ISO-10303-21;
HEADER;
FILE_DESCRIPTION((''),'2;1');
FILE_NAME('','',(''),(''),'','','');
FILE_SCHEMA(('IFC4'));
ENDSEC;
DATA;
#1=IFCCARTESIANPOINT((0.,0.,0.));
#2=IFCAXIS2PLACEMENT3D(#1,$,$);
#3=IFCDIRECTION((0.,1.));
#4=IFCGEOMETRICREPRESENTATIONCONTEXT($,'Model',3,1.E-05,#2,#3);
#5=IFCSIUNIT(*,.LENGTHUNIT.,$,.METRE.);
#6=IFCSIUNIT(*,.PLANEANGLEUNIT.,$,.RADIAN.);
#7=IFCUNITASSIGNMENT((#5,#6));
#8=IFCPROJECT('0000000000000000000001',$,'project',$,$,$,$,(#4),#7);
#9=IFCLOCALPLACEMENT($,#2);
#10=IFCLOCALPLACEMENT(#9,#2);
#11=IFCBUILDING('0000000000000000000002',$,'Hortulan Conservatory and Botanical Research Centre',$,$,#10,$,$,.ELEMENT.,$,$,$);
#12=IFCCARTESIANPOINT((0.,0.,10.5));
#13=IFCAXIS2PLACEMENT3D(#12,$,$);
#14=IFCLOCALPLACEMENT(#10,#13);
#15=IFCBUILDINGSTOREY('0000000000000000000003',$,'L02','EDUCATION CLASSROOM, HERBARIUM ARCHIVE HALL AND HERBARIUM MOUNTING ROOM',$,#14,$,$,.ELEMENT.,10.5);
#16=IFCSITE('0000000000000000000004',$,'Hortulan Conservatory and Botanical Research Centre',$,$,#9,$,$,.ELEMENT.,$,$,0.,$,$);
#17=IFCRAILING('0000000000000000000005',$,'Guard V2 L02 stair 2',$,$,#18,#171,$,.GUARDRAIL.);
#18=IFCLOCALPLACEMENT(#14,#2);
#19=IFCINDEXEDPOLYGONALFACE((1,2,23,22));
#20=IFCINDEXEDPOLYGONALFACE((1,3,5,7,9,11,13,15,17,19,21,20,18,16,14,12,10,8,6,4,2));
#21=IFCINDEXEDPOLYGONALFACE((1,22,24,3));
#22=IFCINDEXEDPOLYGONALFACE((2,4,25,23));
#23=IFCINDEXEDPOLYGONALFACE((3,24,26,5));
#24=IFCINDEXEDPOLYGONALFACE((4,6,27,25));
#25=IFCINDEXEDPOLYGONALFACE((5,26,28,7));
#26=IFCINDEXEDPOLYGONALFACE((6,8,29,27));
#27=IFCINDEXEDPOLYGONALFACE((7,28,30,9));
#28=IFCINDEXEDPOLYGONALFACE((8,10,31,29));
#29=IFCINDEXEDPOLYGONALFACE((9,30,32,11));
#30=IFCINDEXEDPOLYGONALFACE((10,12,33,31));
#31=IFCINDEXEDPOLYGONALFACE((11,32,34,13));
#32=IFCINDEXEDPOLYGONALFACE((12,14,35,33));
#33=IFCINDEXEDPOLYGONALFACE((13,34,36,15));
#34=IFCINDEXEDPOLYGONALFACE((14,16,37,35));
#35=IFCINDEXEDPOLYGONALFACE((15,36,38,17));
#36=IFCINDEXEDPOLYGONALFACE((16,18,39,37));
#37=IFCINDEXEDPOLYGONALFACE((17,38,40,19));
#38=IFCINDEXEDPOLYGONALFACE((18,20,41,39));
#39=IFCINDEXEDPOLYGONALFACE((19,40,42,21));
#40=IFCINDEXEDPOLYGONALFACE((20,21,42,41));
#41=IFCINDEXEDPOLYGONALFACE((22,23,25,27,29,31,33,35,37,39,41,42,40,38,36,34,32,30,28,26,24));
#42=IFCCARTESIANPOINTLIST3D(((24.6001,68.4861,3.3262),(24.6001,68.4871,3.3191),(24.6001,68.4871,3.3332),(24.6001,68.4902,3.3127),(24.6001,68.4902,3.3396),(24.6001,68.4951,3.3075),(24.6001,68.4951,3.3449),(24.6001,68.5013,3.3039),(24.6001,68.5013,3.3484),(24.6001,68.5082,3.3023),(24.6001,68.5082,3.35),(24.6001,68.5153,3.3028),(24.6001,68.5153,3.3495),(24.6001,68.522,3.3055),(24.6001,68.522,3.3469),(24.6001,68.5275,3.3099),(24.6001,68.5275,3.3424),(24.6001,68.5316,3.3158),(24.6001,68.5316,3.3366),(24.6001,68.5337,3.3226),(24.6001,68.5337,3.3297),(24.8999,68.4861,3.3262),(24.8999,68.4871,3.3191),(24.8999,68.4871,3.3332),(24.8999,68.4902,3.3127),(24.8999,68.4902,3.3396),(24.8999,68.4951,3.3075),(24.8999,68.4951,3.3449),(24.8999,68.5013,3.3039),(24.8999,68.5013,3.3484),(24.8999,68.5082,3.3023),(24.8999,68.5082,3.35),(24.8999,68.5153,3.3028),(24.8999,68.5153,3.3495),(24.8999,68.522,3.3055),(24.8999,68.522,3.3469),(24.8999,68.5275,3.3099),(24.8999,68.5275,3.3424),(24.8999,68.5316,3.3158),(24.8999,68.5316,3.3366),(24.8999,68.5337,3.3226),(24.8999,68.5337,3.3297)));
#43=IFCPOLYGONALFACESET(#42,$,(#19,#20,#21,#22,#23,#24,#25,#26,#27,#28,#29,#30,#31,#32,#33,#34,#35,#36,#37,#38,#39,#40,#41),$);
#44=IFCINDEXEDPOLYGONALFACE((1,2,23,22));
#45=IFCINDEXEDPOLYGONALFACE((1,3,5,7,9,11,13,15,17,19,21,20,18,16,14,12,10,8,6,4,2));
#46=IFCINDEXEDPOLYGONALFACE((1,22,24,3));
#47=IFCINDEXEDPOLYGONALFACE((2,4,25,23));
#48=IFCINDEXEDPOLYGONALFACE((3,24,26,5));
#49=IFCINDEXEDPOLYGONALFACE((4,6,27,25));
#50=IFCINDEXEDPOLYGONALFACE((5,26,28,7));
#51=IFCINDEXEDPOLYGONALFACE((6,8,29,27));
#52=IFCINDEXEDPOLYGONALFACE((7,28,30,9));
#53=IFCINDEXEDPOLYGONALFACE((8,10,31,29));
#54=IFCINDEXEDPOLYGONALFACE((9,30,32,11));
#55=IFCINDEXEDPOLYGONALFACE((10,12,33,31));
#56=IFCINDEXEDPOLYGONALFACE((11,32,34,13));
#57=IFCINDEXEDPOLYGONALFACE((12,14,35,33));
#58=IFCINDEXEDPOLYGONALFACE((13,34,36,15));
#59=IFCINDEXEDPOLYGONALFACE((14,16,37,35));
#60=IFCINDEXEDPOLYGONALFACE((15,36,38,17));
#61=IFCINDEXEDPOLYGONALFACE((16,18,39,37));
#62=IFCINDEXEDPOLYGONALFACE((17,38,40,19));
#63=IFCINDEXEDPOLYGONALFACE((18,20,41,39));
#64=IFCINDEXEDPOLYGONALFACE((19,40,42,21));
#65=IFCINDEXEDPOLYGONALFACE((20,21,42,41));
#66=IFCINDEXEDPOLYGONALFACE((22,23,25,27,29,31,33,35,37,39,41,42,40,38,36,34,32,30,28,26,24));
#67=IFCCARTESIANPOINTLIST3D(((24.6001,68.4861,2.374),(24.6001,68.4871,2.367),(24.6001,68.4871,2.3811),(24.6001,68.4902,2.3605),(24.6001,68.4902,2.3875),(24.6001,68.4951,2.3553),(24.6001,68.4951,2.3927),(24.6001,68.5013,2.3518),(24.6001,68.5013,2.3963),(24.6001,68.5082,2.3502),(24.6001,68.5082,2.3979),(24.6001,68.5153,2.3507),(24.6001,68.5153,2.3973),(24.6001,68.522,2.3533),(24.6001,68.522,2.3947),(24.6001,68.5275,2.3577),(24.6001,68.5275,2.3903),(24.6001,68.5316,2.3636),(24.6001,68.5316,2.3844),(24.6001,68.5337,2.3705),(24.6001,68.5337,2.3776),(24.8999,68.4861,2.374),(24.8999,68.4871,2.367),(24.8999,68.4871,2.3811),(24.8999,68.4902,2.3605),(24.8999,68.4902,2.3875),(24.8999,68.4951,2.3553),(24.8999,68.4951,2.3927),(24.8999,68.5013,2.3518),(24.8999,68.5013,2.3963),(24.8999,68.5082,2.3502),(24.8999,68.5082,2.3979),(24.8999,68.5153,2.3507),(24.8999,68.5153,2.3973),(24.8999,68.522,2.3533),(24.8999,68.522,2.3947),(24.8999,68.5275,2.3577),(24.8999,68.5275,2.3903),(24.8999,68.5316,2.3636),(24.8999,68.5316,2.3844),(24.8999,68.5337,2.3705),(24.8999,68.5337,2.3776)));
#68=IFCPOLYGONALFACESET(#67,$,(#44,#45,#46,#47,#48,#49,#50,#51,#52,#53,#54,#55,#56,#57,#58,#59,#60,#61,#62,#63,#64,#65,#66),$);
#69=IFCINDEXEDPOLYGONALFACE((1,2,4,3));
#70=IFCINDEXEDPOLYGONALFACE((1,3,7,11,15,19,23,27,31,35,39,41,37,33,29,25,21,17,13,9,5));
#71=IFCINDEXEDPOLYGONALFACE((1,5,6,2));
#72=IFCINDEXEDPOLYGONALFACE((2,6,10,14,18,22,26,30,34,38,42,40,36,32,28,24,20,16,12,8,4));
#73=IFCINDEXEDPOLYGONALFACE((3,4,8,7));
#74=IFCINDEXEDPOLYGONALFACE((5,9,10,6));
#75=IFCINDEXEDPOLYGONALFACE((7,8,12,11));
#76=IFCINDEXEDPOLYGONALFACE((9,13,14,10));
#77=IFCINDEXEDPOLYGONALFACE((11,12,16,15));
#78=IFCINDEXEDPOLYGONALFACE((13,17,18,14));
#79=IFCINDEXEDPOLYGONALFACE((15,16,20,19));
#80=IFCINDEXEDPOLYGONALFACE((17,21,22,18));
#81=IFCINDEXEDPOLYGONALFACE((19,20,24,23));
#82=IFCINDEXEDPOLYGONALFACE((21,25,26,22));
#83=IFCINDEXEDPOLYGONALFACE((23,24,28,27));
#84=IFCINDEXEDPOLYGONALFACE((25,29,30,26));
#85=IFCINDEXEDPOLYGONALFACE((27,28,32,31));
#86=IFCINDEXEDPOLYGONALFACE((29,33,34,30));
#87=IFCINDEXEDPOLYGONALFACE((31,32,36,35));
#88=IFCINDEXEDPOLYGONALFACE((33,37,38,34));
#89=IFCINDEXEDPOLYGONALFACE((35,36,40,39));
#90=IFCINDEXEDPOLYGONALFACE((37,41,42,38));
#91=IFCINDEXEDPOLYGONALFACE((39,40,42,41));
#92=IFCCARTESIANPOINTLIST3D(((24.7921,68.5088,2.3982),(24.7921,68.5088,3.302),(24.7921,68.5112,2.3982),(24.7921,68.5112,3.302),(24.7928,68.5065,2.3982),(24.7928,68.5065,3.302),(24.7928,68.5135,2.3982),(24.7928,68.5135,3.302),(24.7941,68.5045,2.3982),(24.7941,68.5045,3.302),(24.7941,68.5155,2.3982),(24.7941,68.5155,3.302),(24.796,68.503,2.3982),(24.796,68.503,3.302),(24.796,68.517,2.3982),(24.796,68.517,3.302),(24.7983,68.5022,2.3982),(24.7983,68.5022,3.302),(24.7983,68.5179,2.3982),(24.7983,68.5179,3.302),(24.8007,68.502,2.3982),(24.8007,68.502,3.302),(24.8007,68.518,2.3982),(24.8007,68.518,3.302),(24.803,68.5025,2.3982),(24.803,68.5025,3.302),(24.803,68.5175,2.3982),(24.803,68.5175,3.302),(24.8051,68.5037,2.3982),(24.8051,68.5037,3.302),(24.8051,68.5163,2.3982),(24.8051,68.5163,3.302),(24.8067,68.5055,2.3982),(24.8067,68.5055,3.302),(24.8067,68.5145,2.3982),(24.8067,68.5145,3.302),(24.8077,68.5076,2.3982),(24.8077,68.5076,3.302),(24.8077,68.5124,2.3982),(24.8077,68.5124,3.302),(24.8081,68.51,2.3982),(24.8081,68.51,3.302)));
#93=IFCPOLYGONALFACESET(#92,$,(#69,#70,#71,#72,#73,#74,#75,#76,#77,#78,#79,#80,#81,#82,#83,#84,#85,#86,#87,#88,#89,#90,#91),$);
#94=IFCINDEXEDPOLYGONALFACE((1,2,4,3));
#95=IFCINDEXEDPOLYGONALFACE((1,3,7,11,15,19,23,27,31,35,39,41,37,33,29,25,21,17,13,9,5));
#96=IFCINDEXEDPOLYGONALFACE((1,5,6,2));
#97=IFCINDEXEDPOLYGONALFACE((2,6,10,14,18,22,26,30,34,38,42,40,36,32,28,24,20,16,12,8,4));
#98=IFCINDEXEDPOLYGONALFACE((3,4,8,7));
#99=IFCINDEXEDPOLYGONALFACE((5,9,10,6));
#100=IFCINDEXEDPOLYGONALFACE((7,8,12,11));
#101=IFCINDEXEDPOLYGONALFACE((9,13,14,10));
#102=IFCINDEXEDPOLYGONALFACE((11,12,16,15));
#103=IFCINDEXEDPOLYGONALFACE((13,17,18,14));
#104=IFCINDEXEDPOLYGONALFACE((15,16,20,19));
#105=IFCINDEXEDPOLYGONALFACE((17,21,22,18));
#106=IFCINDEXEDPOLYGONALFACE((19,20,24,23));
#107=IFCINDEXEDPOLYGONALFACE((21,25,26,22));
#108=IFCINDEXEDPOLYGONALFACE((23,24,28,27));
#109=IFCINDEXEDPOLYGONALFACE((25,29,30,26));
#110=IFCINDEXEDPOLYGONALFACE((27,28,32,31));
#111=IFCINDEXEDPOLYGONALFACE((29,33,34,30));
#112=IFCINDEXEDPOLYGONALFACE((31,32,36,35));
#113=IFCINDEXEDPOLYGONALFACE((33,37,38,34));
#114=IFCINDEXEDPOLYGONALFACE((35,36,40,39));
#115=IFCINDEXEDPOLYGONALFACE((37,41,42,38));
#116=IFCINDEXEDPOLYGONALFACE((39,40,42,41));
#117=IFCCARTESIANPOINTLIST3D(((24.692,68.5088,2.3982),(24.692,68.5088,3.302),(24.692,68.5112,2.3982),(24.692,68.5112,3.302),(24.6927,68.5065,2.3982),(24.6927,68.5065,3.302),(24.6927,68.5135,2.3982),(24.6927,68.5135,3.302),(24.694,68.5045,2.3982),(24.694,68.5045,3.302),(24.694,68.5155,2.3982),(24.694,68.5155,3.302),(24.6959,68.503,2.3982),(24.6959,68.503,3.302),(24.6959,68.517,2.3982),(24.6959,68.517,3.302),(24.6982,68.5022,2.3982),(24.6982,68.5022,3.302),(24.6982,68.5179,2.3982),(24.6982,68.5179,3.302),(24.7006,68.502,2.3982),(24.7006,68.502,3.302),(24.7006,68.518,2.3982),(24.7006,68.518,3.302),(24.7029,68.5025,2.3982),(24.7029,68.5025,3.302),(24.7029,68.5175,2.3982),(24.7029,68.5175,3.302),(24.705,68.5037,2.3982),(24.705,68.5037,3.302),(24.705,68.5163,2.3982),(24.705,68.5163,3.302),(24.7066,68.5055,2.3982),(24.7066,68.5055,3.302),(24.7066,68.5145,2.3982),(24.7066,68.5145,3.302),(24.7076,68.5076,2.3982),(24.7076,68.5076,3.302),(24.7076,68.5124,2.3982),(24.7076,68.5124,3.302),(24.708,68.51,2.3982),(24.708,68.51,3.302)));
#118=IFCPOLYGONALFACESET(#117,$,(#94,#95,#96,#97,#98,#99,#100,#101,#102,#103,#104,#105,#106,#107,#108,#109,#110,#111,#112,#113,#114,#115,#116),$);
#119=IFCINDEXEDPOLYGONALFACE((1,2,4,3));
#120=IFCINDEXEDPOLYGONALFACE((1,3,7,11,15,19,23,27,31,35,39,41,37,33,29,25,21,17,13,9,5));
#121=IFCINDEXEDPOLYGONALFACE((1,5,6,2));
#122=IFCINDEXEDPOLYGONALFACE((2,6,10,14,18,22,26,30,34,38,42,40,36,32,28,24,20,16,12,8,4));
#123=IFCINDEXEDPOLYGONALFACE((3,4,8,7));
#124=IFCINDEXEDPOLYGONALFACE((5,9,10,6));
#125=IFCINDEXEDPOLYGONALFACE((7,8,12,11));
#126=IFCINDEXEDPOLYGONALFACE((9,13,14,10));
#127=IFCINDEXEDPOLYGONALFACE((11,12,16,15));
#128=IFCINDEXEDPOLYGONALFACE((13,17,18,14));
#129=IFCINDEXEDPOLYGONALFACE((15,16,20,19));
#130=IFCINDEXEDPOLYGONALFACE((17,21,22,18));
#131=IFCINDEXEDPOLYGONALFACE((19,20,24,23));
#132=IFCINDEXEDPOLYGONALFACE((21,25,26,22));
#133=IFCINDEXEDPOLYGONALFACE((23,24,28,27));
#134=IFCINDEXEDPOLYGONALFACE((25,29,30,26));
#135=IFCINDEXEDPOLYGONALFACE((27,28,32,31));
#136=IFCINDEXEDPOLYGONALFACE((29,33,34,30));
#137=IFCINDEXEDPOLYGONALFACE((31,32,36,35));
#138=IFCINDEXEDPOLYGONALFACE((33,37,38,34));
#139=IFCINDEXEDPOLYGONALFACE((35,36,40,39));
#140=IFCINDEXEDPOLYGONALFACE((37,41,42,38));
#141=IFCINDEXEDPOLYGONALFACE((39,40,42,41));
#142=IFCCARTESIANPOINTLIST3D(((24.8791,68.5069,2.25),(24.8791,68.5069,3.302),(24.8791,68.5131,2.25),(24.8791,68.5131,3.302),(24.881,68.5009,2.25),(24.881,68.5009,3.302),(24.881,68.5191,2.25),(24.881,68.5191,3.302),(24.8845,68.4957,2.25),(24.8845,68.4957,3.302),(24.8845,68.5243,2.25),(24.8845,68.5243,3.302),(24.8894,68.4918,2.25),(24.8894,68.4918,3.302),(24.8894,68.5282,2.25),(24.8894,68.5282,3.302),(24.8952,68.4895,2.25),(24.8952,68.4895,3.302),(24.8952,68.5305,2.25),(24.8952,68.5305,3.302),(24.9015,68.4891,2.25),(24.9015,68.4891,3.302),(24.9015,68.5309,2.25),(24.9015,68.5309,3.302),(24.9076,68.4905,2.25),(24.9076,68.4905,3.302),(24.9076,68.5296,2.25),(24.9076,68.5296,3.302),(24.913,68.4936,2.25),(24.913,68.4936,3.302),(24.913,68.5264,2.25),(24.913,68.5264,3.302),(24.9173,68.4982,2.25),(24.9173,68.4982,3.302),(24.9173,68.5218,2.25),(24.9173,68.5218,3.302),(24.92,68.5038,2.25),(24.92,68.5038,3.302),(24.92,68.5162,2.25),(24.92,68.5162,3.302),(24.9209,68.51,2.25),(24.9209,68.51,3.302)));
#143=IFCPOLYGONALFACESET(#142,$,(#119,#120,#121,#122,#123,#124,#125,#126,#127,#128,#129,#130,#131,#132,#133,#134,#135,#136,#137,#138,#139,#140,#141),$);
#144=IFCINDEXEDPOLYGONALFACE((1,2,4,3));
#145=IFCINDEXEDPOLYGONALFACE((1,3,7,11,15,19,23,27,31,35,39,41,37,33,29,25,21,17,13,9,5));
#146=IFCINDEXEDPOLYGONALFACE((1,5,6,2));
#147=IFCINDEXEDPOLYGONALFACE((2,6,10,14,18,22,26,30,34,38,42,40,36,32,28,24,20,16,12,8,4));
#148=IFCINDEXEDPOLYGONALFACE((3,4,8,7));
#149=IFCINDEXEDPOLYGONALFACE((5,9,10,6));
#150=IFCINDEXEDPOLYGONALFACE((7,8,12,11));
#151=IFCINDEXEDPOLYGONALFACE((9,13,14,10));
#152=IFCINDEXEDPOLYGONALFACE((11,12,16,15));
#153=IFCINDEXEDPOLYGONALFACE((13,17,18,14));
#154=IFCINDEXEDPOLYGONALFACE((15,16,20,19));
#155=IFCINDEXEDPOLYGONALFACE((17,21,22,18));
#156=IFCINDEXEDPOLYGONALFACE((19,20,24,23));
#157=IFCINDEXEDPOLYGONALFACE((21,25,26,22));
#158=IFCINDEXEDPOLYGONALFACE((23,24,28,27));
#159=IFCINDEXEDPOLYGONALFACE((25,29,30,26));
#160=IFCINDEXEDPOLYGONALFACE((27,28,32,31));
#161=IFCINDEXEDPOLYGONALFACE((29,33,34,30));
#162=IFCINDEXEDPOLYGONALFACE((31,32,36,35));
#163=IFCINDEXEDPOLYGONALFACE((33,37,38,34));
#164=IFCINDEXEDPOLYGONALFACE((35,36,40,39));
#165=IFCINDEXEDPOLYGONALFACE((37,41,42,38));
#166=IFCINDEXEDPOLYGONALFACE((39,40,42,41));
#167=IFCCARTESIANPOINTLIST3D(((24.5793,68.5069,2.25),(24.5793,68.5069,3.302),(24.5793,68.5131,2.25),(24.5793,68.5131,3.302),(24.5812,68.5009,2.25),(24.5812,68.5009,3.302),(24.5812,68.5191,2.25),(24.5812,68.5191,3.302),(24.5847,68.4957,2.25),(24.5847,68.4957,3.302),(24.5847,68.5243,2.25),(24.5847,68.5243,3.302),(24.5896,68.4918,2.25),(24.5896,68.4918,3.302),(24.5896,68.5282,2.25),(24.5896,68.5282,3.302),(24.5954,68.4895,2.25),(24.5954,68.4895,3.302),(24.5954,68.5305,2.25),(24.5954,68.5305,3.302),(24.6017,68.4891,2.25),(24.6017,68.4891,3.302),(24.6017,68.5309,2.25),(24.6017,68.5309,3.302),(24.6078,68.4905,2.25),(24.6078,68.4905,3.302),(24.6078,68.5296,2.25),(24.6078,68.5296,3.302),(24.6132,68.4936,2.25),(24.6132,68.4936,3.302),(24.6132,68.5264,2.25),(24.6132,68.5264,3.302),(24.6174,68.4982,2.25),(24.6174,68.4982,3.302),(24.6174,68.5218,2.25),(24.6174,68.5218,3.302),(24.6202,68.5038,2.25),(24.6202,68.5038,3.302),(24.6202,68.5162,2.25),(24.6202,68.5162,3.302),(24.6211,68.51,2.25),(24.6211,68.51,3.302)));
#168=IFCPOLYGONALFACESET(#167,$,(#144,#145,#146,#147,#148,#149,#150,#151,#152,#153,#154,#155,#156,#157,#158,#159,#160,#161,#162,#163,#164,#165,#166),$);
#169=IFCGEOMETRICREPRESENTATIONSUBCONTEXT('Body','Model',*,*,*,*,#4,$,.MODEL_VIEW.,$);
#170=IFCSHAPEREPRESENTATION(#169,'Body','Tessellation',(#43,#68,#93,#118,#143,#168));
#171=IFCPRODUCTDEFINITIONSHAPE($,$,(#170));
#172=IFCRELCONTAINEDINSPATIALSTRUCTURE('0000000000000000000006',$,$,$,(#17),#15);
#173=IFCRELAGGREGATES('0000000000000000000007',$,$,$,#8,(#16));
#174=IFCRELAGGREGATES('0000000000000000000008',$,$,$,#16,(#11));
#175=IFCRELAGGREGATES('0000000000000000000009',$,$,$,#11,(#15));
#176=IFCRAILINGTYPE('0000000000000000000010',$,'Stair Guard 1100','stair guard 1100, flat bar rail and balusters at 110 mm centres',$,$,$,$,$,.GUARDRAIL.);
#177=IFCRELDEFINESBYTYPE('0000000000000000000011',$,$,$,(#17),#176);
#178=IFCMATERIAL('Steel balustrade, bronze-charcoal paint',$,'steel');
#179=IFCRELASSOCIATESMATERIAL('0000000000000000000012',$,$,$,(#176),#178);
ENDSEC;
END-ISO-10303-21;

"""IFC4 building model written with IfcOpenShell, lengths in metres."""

from ifc_helpers import new_model, si_unit, direction, frame, origin, origin_2d, place, context, subcontext, project, spatial, circle, extrude, material, type_object, element, save


model = new_model("IFC4")

# Units and contexts
model_context = context("Model", 3, precision=1e-05, world=origin(), true_north=direction((0.0, 1.0)))
body_context = subcontext(model_context, "Body", "Model", "MODEL_VIEW")
ifc_project = project(units=[si_unit("LENGTHUNIT", "METRE"), si_unit("PLANEANGLEUNIT", "RADIAN")], contexts=[model_context])

# Site, building, storey
site_placement = place(None, origin())
site = spatial("IfcSite", under=ifc_project, at=site_placement, Name="Hortulan Conservatory and Botanical Research Centre", CompositionType="ELEMENT", RefElevation=0.0)
building_placement = place(site_placement, origin())
building = spatial("IfcBuilding", under=site, at=building_placement, Name="Hortulan Conservatory and Botanical Research Centre", CompositionType="ELEMENT")
storey_placement = place(building_placement, frame((0.0, 0.0, 10.5)))
storey = spatial("IfcBuildingStorey", under=building, at=storey_placement, Name="L02", Description="EDUCATION CLASSROOM, HERBARIUM ARCHIVE HALL AND HERBARIUM MOUNTING ROOM", CompositionType="ELEMENT", Elevation=10.5)

# Railing
ifc_material_1 = material(Name="Steel balustrade, bronze-charcoal paint", Category="steel")
railing_type_1 = type_object("IfcRailingType", Name="Stair Guard 1100", Description="stair guard 1100, flat bar rail and balusters at 110 mm centres", PredefinedType="GUARDRAIL", material=ifc_material_1)
railing_1_placement = place(storey_placement, frame((24.8999, 68.51, 2.25)))
element("IfcRailing", 1, at=railing_1_placement, inside=storey, type_object=railing_type_1, Name="Guard V2 L02 stair 2", PredefinedType="GUARDRAIL", context=body_context, shape_type="SweptSolid", body=[
    extrude(circle(Radius=0.0239, at=origin_2d()), frame((0.0, 0.0, 1.0762), z_axis=(-1.0, 0.0, 0.0), x_axis=(0.0, -1.0, 0.0)), (0.0, 0.0, 1.0), 0.2998),
    extrude(circle(Radius=0.0239, at=origin_2d()), frame((0.0, 0.0, 0.124), z_axis=(-1.0, 0.0, 0.0), x_axis=(0.0, -1.0, 0.0)), (0.0, 0.0, 1.0), 0.2998),
    extrude(circle(Radius=0.0081, at=origin_2d()), frame((-0.0999, 0.0, 0.1482)), (0.0, 0.0, 1.0), 0.9038),
    extrude(circle(Radius=0.0081, at=origin_2d()), frame((-0.2, 0.0, 0.1482)), (0.0, 0.0, 1.0), 0.9038),
    extrude(circle(Radius=0.021, at=origin_2d()), origin(), (0.0, 0.0, 1.0), 1.052),
    extrude(circle(Radius=0.021, at=origin_2d()), frame((-0.2998, 0.0, 0.0)), (0.0, 0.0, 1.0), 1.052),
])

save(model, "model.ifc")
